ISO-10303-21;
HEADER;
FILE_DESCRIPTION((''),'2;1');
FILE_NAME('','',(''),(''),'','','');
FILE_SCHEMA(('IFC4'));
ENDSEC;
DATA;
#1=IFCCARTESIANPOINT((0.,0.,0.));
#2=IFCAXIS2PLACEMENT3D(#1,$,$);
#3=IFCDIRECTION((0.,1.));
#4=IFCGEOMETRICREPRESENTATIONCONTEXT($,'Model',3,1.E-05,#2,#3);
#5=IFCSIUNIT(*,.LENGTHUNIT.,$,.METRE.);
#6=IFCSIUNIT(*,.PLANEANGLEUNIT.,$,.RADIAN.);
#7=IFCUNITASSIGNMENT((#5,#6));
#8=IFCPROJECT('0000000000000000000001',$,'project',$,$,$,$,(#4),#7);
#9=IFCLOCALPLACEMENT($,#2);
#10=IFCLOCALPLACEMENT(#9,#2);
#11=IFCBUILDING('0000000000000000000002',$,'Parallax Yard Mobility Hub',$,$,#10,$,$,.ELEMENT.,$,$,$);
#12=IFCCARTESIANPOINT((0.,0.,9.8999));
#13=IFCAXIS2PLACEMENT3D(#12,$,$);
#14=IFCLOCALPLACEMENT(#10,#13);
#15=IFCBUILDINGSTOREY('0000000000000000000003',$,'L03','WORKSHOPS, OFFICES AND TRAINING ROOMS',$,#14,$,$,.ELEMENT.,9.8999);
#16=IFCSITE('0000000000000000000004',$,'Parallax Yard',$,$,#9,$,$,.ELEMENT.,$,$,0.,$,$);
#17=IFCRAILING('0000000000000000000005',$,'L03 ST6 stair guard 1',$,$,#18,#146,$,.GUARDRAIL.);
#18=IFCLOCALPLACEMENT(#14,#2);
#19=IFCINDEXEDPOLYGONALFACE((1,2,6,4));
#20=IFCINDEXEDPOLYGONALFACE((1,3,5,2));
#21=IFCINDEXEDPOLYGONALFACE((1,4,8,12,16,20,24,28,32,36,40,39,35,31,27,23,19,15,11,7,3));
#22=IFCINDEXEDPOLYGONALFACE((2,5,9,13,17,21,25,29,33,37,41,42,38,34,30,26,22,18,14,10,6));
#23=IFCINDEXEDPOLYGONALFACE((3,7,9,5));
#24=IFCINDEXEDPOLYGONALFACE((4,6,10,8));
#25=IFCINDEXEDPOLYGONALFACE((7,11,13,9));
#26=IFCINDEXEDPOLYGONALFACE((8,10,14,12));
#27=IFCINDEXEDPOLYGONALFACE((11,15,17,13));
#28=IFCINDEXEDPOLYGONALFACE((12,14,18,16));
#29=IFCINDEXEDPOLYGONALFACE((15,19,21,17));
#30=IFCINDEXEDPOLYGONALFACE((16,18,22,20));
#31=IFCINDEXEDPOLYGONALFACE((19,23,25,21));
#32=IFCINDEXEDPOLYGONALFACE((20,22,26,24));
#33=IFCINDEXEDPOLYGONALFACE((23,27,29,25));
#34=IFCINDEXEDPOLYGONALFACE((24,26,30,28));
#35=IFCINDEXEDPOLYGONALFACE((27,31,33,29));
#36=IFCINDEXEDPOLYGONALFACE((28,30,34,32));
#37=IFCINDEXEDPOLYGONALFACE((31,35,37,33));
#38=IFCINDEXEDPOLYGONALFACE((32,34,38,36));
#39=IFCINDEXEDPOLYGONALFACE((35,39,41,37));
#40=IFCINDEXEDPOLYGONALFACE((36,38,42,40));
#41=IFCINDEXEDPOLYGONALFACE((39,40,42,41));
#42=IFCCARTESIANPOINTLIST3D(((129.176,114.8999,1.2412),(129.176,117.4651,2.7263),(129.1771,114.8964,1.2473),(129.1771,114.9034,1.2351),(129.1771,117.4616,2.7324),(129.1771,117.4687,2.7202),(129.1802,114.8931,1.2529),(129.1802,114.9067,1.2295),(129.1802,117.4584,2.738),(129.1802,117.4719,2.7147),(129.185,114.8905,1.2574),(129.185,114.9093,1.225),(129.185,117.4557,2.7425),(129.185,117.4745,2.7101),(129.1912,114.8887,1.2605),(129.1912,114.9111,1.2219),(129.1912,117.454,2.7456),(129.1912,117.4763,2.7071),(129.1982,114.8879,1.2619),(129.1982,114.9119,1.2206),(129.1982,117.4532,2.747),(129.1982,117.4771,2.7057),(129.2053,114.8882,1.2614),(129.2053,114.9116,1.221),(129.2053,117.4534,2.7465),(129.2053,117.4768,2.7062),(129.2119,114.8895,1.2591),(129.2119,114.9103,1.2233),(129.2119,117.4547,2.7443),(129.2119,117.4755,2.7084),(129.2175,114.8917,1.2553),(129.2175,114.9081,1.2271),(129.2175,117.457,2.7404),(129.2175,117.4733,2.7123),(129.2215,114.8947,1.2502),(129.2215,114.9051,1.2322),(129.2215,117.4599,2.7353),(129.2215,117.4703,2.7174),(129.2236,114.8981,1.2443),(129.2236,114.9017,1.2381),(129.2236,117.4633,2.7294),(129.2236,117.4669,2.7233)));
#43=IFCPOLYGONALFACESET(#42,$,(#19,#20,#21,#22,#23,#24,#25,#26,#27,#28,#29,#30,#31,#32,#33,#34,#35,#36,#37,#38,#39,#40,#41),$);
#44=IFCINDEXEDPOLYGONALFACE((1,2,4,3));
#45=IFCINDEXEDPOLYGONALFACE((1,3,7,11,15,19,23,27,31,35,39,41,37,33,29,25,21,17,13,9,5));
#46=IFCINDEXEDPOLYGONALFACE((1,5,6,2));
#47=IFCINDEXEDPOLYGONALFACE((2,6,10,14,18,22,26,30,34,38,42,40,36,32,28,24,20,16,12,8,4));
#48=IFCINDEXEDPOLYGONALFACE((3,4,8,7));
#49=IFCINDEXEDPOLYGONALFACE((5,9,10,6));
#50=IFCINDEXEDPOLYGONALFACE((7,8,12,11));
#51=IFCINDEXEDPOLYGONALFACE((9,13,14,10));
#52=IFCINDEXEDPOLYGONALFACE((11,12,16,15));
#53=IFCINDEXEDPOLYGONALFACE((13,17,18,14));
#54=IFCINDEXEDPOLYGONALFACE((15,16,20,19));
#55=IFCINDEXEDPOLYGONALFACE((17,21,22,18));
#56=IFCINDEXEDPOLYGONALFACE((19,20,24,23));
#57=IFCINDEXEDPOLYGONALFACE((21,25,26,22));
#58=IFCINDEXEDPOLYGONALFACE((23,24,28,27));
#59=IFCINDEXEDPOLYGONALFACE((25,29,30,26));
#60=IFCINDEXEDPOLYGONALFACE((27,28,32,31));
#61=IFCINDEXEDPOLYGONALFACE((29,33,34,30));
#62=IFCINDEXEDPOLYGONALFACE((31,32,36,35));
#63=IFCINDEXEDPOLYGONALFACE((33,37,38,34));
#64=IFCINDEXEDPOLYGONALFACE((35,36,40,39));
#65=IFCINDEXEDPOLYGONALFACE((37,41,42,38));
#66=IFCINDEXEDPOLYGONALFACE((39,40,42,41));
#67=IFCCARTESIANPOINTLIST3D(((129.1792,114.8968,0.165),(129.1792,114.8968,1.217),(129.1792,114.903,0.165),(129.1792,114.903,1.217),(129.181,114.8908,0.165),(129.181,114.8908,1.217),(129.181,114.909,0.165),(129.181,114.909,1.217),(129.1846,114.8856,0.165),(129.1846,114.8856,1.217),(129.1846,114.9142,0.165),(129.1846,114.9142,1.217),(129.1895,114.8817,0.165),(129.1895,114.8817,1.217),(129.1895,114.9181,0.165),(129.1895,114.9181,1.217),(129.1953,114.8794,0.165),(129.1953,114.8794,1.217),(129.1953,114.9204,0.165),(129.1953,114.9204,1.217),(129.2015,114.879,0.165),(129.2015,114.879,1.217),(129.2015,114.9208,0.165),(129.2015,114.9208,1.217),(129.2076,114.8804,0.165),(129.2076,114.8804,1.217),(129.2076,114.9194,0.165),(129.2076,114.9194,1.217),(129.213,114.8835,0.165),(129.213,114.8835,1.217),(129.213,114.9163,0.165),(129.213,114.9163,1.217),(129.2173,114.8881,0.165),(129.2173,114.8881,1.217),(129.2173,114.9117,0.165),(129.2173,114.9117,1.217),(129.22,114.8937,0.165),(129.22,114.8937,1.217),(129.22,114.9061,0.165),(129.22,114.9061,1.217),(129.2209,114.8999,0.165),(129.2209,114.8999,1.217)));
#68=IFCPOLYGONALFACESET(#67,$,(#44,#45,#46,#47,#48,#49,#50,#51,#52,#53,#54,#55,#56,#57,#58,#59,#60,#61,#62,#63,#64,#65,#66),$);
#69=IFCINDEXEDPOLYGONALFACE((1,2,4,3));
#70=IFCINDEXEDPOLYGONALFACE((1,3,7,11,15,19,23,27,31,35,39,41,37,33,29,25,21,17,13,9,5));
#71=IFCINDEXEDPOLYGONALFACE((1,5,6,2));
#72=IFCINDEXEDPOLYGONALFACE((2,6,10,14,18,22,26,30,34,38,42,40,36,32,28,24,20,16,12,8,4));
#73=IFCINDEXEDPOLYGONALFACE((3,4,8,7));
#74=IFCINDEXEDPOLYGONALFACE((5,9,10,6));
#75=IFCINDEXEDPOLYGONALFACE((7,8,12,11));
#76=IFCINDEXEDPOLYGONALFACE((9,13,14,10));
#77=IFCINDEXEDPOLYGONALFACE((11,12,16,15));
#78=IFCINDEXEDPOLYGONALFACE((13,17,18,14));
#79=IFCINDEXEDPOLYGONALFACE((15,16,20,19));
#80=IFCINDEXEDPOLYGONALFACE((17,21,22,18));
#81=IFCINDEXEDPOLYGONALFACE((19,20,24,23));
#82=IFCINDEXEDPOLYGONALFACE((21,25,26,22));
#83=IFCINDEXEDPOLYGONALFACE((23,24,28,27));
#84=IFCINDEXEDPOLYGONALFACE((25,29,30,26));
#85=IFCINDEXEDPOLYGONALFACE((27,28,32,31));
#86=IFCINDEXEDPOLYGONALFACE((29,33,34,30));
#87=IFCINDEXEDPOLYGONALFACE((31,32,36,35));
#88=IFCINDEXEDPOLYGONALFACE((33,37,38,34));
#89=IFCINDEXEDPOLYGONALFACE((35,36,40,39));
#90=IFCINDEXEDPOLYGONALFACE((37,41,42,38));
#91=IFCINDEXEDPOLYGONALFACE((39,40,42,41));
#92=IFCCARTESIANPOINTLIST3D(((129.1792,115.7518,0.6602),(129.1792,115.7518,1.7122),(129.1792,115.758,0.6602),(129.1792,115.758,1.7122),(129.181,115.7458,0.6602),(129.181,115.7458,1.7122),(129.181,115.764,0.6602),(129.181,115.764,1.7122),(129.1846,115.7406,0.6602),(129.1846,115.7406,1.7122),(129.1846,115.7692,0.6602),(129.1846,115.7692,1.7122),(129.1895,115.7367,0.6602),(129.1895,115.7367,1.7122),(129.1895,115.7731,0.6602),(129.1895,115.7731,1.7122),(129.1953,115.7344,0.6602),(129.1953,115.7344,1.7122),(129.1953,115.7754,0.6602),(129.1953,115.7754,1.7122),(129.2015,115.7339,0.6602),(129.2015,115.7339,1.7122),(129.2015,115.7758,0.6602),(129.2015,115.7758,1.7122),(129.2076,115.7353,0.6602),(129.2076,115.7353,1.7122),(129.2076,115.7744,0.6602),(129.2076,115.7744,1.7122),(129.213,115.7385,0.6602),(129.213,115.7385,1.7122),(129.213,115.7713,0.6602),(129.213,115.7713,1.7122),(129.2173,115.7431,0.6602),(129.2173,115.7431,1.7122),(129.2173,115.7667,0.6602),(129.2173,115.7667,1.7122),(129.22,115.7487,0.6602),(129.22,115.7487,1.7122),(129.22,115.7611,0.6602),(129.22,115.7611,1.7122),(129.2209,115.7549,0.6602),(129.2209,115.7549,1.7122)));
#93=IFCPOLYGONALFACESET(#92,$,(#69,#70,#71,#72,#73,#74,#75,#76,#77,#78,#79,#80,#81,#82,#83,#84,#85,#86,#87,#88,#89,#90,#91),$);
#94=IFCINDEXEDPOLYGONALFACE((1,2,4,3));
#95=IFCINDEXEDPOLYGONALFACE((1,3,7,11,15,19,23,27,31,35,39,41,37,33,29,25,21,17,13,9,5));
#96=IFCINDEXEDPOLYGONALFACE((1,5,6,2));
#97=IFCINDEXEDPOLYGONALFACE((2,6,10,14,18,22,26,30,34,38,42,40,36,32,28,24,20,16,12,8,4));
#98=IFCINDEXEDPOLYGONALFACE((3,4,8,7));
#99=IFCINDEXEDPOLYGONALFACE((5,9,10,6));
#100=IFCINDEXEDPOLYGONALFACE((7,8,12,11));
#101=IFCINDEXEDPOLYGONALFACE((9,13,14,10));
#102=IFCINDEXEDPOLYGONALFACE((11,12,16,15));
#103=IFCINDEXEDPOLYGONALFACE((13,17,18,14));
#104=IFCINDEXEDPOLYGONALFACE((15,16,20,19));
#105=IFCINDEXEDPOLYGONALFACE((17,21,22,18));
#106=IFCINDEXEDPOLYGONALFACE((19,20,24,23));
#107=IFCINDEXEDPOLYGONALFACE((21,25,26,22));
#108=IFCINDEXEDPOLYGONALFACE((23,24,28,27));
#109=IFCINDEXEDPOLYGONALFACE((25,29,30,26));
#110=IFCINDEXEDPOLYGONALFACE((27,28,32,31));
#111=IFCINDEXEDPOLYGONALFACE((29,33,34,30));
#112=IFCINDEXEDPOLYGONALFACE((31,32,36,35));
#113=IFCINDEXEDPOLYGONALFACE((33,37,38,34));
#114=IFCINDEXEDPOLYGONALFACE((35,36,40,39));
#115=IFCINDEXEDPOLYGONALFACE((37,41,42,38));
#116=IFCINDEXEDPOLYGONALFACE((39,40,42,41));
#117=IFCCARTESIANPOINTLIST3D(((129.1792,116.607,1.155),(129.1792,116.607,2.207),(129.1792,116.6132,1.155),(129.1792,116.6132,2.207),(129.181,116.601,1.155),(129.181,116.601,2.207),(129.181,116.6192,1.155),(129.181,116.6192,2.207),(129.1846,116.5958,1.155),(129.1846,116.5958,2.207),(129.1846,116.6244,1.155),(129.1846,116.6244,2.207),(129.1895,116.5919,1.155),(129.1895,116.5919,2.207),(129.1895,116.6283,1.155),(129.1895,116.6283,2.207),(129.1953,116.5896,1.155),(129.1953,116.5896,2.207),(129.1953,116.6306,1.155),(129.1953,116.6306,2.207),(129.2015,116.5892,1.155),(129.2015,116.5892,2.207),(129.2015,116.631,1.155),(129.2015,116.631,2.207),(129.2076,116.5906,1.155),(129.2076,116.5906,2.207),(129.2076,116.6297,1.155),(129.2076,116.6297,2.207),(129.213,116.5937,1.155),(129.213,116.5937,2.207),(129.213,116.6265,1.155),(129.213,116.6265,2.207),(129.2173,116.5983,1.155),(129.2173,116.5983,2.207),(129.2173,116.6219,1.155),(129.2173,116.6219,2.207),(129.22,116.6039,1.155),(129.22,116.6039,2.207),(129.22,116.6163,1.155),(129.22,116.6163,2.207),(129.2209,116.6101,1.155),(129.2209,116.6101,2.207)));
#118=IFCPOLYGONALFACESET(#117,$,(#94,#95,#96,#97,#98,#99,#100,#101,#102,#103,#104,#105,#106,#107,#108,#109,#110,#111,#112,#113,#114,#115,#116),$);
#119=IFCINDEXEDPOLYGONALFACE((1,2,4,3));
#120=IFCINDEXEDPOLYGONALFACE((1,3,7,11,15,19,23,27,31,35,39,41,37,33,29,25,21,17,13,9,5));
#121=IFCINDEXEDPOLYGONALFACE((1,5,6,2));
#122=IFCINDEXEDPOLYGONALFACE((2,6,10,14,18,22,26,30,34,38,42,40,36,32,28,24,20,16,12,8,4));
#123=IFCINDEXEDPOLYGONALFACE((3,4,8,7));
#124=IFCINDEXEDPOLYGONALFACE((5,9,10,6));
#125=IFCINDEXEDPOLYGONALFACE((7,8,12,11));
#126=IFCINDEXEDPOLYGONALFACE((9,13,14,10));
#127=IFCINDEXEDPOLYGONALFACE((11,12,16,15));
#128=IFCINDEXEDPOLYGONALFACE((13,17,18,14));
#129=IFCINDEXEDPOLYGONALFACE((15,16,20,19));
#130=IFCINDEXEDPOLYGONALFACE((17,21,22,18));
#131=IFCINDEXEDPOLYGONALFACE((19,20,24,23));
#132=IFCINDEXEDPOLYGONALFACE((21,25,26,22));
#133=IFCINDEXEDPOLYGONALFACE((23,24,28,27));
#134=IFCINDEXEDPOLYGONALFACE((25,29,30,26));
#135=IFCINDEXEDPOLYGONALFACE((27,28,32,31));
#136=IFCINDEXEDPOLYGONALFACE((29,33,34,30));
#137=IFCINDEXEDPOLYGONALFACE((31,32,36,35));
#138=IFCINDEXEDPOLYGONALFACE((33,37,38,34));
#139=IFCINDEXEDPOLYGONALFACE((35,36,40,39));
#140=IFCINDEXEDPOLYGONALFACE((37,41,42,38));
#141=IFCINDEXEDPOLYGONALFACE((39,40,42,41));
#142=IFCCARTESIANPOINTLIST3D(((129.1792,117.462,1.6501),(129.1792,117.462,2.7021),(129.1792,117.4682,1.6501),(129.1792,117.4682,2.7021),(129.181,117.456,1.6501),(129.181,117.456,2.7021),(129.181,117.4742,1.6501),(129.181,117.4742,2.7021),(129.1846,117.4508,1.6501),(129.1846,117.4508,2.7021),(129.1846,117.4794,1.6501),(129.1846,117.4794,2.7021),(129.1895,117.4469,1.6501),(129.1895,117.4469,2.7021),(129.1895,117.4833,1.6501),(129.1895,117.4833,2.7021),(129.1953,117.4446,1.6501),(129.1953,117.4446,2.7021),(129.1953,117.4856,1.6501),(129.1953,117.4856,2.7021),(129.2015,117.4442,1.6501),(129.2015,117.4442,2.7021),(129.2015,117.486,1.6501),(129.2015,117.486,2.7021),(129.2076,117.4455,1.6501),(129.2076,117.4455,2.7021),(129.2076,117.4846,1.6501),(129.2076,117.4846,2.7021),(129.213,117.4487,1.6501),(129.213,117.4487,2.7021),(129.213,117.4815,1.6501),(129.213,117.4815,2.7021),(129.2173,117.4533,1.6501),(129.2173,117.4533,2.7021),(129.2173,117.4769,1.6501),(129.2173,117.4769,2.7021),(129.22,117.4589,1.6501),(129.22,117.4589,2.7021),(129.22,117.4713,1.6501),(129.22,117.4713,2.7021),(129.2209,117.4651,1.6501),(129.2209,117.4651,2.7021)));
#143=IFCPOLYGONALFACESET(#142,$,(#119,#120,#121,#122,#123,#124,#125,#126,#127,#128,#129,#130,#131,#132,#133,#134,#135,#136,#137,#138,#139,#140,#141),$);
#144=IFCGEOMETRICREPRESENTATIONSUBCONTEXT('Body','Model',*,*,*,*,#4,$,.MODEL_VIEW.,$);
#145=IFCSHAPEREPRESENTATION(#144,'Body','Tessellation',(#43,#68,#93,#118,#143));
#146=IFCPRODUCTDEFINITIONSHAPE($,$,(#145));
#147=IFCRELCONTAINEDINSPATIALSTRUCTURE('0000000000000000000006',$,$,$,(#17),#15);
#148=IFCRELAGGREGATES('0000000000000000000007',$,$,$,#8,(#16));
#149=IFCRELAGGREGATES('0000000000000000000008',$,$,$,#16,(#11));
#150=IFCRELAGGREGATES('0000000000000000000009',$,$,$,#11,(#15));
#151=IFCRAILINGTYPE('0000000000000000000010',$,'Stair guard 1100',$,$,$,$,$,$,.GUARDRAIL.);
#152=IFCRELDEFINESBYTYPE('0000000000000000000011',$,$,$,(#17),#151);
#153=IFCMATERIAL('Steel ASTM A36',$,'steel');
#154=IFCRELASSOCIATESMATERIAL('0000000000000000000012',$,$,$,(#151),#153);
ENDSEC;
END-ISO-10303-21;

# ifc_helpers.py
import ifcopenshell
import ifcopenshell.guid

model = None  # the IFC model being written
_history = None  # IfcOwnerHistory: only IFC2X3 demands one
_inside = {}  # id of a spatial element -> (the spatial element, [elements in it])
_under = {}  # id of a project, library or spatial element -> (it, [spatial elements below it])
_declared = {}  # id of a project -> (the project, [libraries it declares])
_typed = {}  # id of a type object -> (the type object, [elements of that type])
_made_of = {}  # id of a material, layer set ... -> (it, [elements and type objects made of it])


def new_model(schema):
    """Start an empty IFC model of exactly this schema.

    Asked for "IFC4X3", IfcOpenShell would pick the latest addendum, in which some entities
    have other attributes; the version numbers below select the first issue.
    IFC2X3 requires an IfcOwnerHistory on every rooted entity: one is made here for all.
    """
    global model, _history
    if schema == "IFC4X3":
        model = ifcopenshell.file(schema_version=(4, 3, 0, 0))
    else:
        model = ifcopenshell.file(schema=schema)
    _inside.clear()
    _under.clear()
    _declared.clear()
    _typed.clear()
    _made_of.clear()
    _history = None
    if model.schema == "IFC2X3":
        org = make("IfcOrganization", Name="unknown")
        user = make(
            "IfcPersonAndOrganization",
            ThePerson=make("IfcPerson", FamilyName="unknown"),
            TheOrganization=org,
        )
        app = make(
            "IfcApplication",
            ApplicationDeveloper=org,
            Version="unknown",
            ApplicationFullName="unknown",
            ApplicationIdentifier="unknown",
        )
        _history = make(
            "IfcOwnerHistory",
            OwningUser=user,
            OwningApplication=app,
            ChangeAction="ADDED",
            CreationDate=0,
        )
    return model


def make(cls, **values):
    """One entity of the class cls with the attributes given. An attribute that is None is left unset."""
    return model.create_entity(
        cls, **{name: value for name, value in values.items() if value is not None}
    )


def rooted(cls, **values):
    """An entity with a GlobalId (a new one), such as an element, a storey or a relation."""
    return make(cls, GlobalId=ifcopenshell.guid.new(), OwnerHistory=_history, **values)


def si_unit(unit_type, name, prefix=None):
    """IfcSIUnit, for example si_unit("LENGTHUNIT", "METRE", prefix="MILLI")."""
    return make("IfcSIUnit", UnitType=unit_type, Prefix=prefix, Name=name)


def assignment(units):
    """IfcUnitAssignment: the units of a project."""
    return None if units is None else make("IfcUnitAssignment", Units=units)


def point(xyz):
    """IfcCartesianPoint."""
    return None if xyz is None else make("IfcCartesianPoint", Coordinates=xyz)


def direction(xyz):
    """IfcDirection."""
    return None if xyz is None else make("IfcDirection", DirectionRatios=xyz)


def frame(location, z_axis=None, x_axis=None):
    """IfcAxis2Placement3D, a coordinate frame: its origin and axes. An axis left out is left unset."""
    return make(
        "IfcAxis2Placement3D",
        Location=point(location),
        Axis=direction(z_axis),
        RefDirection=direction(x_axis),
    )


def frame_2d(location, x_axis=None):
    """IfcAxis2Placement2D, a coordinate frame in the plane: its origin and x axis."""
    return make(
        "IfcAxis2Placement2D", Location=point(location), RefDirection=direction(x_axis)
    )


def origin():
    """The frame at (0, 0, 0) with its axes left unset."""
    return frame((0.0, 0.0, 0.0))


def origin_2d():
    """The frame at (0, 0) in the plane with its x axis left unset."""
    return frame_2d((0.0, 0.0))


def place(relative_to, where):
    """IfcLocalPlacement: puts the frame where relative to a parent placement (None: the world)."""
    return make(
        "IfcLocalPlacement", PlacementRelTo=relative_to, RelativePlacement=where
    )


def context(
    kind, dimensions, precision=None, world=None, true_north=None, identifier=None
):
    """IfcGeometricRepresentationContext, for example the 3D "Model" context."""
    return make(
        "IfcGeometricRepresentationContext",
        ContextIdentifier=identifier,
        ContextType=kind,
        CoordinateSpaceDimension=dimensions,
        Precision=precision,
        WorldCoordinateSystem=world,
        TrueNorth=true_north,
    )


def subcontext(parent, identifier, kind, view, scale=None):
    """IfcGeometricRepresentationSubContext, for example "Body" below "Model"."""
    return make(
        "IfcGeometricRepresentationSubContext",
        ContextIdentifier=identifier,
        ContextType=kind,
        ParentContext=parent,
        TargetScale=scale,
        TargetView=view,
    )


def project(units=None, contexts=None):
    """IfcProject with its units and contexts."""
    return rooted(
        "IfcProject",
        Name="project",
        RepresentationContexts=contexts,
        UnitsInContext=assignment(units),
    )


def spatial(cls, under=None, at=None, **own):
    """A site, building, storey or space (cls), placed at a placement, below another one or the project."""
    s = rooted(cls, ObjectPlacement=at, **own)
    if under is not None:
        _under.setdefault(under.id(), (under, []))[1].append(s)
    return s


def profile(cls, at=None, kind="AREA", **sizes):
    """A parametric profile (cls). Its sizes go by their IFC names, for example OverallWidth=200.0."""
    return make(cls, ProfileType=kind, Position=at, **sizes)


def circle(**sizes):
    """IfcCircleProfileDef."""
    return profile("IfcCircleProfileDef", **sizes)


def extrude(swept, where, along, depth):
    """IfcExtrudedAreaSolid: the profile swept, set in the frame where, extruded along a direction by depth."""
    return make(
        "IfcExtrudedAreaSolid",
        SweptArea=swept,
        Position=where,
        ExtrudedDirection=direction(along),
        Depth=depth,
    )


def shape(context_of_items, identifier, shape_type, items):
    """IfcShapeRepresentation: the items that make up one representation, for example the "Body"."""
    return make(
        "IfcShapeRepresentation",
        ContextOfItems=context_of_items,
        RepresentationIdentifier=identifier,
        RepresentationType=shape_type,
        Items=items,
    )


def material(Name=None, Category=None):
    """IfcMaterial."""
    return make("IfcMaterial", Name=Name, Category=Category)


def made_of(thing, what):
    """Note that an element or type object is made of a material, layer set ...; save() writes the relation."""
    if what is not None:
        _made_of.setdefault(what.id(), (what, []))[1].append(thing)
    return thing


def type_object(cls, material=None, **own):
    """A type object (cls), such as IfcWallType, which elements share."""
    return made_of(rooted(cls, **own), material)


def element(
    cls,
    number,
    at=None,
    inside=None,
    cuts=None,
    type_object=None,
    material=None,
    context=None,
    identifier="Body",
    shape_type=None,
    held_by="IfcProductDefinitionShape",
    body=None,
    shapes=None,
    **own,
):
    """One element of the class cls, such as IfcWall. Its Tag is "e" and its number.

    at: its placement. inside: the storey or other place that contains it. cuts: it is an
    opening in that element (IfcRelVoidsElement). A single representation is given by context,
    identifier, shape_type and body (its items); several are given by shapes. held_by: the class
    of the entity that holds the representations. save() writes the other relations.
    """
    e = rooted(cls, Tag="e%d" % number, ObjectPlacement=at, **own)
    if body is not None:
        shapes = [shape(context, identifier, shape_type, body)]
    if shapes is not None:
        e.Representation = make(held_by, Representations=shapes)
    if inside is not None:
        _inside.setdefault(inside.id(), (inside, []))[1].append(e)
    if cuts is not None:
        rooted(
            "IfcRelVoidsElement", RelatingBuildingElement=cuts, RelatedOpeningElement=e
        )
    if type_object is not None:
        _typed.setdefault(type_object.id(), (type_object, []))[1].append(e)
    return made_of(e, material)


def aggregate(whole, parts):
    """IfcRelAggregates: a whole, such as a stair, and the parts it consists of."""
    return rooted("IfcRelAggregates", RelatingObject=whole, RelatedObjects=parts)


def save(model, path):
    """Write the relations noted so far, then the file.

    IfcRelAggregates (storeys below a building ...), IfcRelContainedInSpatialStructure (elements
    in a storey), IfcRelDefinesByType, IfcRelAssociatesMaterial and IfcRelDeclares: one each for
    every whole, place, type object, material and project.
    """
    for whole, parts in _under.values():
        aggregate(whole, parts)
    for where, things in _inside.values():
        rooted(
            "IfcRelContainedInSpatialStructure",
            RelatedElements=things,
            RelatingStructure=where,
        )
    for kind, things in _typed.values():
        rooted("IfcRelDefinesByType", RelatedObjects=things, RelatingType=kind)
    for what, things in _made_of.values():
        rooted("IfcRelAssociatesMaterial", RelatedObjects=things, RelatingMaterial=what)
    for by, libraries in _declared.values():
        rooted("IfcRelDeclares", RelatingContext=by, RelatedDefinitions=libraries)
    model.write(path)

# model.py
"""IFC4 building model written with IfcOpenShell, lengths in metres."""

from ifc_helpers import new_model, si_unit, direction, frame, origin, origin_2d, place, context, subcontext, project, spatial, circle, extrude, material, type_object, element, save


model = new_model("IFC4")

# Units and contexts
model_context = context("Model", 3, precision=1e-05, world=origin(), true_north=direction((0.0, 1.0)))
body_context = subcontext(model_context, "Body", "Model", "MODEL_VIEW")
ifc_project = project(units=[si_unit("LENGTHUNIT", "METRE"), si_unit("PLANEANGLEUNIT", "RADIAN")], contexts=[model_context])

# Site, building, storey
site_placement = place(None, origin())
site = spatial("IfcSite", under=ifc_project, at=site_placement, Name="Parallax Yard", CompositionType="ELEMENT", RefElevation=0.0)
building_placement = place(site_placement, origin())
building = spatial("IfcBuilding", under=site, at=building_placement, Name="Parallax Yard Mobility Hub", CompositionType="ELEMENT")
storey_placement = place(building_placement, frame((0.0, 0.0, 9.8999)))
storey = spatial("IfcBuildingStorey", under=building, at=storey_placement, Name="L03", Description="WORKSHOPS, OFFICES AND TRAINING ROOMS", CompositionType="ELEMENT", Elevation=9.8999)

# Railing
ifc_material_1 = material(Name="Steel ASTM A36", Category="steel")
railing_type_1 = type_object("IfcRailingType", Name="Stair guard 1100", PredefinedType="GUARDRAIL", material=ifc_material_1)
railing_1_placement = place(storey_placement, frame((129.2, 114.8999, 0.165)))
element("IfcRailing", 1, at=railing_1_placement, inside=storey, type_object=railing_type_1, Name="L03 ST6 stair guard 1", PredefinedType="GUARDRAIL", context=body_context, shape_type="SweptSolid", body=[
    extrude(circle(Radius=0.0239, at=origin_2d()), frame((0.0, 0.0, 1.0762), z_axis=(0.0, 0.865426, 0.501036), x_axis=(-1.0, 0.0, 0.0)), (0.0, 0.0, 1.0), 2.9641),
    extrude(circle(Radius=0.021, at=origin_2d()), origin(), (0.0, 0.0, 1.0), 1.052),
    extrude(circle(Radius=0.021, at=origin_2d()), frame((0.0, 0.855, 0.4951)), (0.0, 0.0, 1.0), 1.052),
    extrude(circle(Radius=0.021, at=origin_2d()), frame((0.0, 1.7102, 0.99)), (0.0, 0.0, 1.0), 1.052),
    extrude(circle(Radius=0.021, at=origin_2d()), frame((0.0, 2.5652, 1.4851)), (0.0, 0.0, 1.0), 1.052),
])

save(model, "model.ifc")
